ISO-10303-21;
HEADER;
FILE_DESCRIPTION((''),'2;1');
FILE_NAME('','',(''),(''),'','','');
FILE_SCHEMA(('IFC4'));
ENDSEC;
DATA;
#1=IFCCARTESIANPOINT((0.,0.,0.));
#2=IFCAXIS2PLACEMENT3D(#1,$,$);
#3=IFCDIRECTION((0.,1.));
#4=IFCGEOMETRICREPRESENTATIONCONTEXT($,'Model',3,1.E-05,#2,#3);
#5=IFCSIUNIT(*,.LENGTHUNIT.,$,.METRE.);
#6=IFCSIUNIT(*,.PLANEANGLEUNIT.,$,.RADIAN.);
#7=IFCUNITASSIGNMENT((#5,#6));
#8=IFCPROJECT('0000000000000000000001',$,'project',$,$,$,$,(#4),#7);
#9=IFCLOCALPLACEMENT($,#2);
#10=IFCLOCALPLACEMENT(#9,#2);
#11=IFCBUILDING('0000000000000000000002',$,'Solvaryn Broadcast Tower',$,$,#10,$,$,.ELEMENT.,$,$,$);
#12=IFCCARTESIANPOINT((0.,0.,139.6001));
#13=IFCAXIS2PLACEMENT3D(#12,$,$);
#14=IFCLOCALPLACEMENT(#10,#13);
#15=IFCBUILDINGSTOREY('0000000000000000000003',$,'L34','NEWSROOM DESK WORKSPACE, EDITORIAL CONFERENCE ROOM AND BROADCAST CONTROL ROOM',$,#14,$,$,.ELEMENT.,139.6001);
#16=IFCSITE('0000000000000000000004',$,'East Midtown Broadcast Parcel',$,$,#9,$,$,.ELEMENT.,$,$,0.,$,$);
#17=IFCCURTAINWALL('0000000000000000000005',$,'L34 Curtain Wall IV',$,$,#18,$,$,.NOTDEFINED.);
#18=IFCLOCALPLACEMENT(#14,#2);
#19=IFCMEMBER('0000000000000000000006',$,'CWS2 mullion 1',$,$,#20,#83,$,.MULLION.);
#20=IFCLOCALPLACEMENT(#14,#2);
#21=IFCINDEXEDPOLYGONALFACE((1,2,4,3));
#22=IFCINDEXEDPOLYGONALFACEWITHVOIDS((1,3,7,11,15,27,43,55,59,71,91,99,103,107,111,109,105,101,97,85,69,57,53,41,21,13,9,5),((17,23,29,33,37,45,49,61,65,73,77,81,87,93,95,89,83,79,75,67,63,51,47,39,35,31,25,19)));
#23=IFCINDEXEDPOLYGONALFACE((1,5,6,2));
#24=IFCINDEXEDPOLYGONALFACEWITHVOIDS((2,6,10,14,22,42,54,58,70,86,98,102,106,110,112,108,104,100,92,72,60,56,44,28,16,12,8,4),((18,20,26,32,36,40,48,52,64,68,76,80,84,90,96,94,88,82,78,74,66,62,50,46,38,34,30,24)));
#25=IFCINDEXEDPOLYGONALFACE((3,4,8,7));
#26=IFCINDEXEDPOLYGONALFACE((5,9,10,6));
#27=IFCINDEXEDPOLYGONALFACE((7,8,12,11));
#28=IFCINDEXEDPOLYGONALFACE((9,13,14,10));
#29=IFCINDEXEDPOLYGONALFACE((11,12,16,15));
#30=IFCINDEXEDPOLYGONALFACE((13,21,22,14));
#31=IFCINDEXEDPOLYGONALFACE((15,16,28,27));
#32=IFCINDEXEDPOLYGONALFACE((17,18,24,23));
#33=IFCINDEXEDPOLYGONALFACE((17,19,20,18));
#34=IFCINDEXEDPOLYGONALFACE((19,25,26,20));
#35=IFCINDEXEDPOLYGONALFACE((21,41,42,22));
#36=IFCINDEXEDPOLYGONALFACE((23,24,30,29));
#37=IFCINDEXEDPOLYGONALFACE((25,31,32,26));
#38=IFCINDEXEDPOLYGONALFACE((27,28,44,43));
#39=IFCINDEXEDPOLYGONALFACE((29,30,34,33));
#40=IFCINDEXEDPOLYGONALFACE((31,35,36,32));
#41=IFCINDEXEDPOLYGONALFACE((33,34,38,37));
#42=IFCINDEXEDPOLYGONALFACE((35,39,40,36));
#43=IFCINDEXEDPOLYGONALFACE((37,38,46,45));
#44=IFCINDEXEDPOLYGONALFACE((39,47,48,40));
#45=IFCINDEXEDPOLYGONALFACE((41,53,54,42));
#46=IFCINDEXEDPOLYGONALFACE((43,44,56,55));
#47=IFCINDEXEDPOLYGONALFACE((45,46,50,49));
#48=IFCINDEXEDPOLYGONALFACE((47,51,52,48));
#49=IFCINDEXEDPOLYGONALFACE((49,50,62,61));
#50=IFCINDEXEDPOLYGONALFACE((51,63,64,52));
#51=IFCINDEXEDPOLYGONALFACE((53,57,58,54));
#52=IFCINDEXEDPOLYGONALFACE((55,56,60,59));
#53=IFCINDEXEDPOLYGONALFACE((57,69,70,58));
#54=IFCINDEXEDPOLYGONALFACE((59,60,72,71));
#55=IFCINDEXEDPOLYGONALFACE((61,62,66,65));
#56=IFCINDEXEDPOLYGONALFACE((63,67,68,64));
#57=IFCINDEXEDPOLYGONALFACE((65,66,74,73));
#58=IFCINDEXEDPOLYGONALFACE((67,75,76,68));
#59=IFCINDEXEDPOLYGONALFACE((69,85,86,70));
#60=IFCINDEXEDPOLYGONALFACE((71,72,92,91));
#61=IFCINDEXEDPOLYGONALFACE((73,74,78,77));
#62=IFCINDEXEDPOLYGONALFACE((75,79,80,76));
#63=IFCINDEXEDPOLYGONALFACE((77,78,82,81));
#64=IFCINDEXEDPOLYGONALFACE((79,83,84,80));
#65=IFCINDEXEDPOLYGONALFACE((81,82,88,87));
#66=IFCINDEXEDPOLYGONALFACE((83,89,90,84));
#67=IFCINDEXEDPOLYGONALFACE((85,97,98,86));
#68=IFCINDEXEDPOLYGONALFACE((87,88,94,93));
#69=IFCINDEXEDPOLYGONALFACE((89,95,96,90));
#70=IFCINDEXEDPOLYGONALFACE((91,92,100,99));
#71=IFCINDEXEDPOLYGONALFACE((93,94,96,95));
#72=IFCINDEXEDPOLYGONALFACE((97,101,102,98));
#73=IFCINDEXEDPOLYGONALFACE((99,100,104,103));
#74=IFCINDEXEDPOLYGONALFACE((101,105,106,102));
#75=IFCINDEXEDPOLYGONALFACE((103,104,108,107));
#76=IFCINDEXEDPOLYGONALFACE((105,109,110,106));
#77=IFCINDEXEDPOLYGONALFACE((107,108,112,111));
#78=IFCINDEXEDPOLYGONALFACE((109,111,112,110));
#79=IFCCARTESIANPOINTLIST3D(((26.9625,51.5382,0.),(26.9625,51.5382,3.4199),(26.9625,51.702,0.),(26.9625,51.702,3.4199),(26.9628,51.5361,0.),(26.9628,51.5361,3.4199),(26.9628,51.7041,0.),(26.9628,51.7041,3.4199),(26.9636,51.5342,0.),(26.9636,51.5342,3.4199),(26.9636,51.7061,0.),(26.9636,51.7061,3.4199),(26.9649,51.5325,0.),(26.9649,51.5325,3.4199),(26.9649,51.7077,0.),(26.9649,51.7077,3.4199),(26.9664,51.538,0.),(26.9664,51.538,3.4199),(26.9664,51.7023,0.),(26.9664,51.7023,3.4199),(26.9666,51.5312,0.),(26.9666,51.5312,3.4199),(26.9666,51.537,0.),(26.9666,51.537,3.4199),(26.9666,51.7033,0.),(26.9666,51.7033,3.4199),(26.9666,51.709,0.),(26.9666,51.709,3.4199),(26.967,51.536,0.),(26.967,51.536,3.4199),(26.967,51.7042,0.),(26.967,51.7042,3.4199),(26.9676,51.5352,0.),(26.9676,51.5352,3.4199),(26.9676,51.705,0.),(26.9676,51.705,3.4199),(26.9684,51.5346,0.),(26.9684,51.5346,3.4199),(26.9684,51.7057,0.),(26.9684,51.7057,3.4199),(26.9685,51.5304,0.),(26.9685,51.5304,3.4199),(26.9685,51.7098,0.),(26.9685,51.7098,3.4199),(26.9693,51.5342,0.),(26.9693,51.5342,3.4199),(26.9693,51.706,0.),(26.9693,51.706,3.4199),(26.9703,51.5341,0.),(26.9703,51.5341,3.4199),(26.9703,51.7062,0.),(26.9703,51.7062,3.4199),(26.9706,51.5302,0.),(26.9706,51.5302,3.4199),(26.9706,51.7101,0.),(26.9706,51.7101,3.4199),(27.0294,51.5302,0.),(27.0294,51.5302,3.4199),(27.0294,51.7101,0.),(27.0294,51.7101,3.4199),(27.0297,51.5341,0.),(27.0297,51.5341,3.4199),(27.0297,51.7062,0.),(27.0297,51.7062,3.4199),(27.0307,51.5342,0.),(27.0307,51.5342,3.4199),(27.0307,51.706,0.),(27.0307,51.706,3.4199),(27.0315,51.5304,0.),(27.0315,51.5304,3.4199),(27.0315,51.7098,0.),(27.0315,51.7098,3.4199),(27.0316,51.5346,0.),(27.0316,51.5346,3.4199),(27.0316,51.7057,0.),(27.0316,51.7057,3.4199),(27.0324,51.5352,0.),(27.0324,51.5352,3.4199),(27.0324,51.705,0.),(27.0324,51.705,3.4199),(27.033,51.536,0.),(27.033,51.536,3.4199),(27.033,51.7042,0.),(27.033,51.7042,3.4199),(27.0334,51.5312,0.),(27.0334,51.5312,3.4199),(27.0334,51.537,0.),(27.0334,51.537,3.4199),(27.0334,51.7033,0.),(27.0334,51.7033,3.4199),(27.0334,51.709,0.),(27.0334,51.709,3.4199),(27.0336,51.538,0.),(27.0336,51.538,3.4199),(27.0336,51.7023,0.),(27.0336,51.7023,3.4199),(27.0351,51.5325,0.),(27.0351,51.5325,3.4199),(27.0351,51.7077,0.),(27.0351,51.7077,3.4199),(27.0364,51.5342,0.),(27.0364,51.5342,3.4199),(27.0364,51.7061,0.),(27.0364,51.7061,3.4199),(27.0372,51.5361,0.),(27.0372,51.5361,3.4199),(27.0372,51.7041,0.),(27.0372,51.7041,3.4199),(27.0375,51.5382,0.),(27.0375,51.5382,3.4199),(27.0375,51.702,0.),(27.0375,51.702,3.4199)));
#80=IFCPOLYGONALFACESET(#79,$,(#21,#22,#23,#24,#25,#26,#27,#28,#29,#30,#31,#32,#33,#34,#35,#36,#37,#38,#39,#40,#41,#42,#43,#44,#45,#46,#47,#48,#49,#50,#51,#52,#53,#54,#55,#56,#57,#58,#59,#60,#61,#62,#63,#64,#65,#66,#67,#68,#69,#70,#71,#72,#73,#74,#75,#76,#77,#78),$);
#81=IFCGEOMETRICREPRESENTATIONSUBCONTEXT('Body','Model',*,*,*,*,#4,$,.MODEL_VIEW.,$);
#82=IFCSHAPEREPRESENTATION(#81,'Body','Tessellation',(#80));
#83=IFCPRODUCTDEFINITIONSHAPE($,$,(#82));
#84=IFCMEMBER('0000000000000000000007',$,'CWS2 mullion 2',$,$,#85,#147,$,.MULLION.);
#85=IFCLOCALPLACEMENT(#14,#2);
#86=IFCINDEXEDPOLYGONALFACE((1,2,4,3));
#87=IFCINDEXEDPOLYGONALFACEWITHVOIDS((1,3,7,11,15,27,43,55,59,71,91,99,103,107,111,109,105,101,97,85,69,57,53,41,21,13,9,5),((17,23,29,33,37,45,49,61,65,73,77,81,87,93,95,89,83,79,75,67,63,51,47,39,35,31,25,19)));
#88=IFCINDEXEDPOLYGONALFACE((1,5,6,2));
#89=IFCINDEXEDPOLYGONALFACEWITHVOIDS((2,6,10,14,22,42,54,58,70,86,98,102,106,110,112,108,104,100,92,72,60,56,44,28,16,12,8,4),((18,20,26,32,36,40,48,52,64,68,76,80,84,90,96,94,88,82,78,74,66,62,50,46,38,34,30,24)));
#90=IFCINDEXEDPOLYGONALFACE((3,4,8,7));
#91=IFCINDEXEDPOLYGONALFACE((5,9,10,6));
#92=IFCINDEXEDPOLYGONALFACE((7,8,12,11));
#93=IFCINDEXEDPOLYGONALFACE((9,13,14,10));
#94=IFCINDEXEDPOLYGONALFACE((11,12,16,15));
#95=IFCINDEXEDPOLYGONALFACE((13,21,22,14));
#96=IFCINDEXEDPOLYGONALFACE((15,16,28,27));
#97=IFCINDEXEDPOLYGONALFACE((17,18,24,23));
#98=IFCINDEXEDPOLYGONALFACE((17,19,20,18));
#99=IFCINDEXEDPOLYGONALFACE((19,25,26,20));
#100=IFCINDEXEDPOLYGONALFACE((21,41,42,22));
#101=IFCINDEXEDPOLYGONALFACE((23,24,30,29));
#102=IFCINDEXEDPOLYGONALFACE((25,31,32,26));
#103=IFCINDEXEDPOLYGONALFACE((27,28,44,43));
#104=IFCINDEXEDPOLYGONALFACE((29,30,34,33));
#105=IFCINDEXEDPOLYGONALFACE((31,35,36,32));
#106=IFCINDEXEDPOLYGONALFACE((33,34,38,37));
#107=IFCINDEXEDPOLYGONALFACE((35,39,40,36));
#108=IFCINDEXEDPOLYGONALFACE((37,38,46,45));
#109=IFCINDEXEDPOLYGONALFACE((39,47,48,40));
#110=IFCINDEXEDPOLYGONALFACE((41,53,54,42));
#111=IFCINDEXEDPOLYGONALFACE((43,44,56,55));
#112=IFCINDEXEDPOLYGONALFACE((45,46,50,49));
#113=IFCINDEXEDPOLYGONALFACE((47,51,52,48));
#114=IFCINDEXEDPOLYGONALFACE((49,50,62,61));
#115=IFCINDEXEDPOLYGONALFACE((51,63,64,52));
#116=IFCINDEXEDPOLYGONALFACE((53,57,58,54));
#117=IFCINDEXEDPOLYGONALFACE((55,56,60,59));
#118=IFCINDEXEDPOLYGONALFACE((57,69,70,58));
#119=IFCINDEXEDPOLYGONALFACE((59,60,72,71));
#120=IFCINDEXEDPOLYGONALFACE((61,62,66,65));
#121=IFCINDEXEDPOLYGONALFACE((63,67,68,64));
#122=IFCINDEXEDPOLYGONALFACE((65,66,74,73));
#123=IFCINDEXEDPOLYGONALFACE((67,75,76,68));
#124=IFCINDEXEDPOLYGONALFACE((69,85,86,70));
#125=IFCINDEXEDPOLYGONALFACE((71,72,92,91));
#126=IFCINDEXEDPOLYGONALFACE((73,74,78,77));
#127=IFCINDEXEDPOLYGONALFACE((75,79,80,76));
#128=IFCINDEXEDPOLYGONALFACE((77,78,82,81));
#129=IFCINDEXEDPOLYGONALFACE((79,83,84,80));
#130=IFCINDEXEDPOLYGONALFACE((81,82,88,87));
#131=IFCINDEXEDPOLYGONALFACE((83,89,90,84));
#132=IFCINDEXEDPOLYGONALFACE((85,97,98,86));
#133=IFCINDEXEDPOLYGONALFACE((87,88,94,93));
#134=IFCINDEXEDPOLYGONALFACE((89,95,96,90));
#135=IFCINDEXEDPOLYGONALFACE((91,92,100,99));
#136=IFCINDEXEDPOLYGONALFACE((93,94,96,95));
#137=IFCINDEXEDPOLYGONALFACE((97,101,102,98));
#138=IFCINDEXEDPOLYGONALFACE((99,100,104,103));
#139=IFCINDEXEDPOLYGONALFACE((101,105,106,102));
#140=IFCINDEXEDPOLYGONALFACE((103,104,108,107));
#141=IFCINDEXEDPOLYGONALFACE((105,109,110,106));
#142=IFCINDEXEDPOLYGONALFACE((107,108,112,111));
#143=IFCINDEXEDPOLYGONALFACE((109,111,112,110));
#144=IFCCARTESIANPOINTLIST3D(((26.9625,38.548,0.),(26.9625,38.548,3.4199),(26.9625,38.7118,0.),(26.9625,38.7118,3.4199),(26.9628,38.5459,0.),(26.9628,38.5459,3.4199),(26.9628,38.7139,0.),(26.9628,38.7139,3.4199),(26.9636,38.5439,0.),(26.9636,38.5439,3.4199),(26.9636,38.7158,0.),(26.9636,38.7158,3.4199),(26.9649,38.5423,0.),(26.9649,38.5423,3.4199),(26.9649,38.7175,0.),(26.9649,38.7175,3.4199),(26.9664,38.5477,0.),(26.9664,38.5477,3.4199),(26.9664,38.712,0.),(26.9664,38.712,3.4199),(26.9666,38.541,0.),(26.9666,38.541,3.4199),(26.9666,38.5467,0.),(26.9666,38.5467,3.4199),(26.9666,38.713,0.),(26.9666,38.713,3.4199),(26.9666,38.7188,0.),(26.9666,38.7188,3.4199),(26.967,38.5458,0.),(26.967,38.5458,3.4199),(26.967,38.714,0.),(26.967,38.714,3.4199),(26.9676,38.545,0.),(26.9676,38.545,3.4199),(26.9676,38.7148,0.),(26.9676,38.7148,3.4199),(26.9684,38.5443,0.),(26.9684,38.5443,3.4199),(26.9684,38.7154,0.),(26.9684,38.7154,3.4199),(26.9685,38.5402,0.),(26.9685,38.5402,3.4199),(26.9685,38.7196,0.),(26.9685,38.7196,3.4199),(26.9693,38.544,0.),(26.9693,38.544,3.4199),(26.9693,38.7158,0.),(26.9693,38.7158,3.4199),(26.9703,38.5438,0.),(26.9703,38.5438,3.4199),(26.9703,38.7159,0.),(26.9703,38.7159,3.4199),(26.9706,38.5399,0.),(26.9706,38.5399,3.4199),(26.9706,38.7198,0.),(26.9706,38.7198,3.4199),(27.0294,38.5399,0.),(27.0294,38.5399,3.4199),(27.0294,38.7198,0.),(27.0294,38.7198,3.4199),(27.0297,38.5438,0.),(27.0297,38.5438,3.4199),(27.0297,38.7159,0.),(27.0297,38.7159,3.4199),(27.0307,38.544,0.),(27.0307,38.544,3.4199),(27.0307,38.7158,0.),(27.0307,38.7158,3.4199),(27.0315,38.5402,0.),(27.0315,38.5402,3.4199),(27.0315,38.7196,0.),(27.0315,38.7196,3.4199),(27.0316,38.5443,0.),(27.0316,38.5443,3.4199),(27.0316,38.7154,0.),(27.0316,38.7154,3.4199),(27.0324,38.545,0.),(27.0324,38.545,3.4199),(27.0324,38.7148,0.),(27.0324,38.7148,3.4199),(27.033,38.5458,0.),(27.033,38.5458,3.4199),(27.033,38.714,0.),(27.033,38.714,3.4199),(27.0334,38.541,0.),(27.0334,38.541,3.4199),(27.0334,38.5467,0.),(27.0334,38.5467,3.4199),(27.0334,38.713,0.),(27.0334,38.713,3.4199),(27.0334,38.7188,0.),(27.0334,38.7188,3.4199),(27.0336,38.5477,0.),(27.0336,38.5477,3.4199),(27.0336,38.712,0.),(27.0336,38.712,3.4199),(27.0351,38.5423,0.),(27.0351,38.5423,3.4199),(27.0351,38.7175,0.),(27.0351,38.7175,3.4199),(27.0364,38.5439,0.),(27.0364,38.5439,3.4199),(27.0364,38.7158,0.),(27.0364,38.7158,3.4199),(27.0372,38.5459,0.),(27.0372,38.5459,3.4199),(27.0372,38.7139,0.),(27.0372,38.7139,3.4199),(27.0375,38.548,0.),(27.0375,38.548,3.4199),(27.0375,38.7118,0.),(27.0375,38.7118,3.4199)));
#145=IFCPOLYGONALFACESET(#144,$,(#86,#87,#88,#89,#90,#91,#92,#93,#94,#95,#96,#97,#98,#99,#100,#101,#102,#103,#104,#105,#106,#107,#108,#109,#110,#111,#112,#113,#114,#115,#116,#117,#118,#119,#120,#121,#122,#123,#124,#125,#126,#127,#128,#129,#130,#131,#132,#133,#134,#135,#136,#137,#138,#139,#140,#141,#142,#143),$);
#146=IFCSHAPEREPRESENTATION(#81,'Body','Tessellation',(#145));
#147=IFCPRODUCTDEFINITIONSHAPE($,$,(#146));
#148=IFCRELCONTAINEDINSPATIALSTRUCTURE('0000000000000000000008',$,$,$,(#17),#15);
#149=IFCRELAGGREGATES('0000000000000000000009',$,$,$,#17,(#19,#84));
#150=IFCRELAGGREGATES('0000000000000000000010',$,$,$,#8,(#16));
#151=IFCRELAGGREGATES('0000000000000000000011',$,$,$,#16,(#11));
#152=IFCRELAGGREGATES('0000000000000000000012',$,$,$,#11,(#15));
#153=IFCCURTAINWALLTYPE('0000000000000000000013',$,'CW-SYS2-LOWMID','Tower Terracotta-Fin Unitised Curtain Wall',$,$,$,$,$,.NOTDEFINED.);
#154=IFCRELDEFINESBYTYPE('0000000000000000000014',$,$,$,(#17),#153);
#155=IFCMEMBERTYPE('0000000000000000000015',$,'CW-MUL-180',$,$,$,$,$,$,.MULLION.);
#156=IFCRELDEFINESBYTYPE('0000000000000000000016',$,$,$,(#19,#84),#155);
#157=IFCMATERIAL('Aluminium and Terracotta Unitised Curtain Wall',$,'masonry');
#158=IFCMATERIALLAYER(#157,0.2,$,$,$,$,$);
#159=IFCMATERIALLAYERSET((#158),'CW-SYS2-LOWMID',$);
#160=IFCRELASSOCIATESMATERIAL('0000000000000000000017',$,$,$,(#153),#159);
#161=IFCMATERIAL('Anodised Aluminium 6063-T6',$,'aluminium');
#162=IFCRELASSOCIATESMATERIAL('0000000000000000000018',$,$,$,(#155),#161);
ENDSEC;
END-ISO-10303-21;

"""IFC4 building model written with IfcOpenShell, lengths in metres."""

from ifc_helpers import new_model, si_unit, direction, frame, origin, origin_2d, place, context, subcontext, project, spatial, hollow_rectangle, extrude, material, layer, layer_set, material_profile, profile_set, type_object, element, aggregate, save


model = new_model("IFC4")

# Units and contexts
model_context = context("Model", 3, precision=1e-05, world=origin(), true_north=direction((0.0, 1.0)))
body_context = subcontext(model_context, "Body", "Model", "MODEL_VIEW")
ifc_project = project(units=[si_unit("LENGTHUNIT", "METRE"), si_unit("PLANEANGLEUNIT", "RADIAN")], contexts=[model_context])

# Site, building, storey
site_placement = place(None, origin())
site = spatial("IfcSite", under=ifc_project, at=site_placement, Name="East Midtown Broadcast Parcel", CompositionType="ELEMENT", RefElevation=0.0)
building_placement = place(site_placement, origin())
building = spatial("IfcBuilding", under=site, at=building_placement, Name="Solvaryn Broadcast Tower", CompositionType="ELEMENT")
storey_placement = place(building_placement, frame((0.0, 0.0, 139.6001)))
storey = spatial("IfcBuildingStorey", under=building, at=storey_placement, Name="L34", Description="NEWSROOM DESK WORKSPACE, EDITORIAL CONFERENCE ROOM AND BROADCAST CONTROL ROOM", CompositionType="ELEMENT", Elevation=139.6001)

# Curtain wall, members
ifc_material_1 = material(Name="Aluminium and Terracotta Unitised Curtain Wall", Category="masonry")
ifc_layer_1 = layer(ifc_material_1, 0.2)
ifc_layer_set_1 = layer_set([ifc_layer_1], Name="CW-SYS2-LOWMID")
curtain_wall_type = type_object("IfcCurtainWallType", Name="CW-SYS2-LOWMID", Description="Tower Terracotta-Fin Unitised Curtain Wall", PredefinedType="NOTDEFINED", material=ifc_layer_set_1)
curtain_wall_1_placement = place(storey_placement, origin())
curtain_wall_1 = element("IfcCurtainWall", 1, at=curtain_wall_1_placement, inside=storey, type_object=curtain_wall_type, Name="L34 Curtain Wall IV", PredefinedType="NOTDEFINED")
ifc_material_2 = material(Name="Anodised Aluminium 6063-T6", Category="aluminium")
ifc_material_profile_1 = material_profile(ifc_material_2, hollow_rectangle(XDim=0.075, YDim=0.1799, WallThickness=0.0039, InnerFilletRadius=0.0039, OuterFilletRadius=0.0081, at=origin_2d()))
ifc_profile_set_1 = profile_set([ifc_material_profile_1], Name="Anodised Aluminium 6063-T6")
member_type_1 = type_object("IfcMemberType", Name="CW-MUL-180", PredefinedType="MULLION", material=ifc_profile_set_1)
member_1_placement = place(storey_placement, frame((27.0, 51.6201, 0.0), z_axis=(0.0, 0.0, 1.0), x_axis=(1.0, 0.0, 0.0)))
member_1 = element("IfcMember", 2, at=member_1_placement, type_object=member_type_1, Name="CWS2 mullion 1", PredefinedType="MULLION", context=body_context, shape_type="SweptSolid", body=[
    extrude(hollow_rectangle(XDim=0.075, YDim=0.1799, WallThickness=0.0039, InnerFilletRadius=0.0039, OuterFilletRadius=0.0081, at=origin_2d()), origin(), (0.0, 0.0, 1.0), 3.4199),
])
member_2_placement = place(storey_placement, frame((27.0, 38.6299, 0.0), z_axis=(0.0, 0.0, 1.0), x_axis=(1.0, 0.0, 0.0)))
member_2 = element("IfcMember", 3, at=member_2_placement, type_object=member_type_1, Name="CWS2 mullion 2", PredefinedType="MULLION", context=body_context, shape_type="SweptSolid", body=[
    extrude(hollow_rectangle(XDim=0.075, YDim=0.1799, WallThickness=0.0039, InnerFilletRadius=0.0039, OuterFilletRadius=0.0081, at=origin_2d()), origin(), (0.0, 0.0, 1.0), 3.4199),
])

aggregate(curtain_wall_1, [member_1, member_2])

save(model, "model.ifc")
